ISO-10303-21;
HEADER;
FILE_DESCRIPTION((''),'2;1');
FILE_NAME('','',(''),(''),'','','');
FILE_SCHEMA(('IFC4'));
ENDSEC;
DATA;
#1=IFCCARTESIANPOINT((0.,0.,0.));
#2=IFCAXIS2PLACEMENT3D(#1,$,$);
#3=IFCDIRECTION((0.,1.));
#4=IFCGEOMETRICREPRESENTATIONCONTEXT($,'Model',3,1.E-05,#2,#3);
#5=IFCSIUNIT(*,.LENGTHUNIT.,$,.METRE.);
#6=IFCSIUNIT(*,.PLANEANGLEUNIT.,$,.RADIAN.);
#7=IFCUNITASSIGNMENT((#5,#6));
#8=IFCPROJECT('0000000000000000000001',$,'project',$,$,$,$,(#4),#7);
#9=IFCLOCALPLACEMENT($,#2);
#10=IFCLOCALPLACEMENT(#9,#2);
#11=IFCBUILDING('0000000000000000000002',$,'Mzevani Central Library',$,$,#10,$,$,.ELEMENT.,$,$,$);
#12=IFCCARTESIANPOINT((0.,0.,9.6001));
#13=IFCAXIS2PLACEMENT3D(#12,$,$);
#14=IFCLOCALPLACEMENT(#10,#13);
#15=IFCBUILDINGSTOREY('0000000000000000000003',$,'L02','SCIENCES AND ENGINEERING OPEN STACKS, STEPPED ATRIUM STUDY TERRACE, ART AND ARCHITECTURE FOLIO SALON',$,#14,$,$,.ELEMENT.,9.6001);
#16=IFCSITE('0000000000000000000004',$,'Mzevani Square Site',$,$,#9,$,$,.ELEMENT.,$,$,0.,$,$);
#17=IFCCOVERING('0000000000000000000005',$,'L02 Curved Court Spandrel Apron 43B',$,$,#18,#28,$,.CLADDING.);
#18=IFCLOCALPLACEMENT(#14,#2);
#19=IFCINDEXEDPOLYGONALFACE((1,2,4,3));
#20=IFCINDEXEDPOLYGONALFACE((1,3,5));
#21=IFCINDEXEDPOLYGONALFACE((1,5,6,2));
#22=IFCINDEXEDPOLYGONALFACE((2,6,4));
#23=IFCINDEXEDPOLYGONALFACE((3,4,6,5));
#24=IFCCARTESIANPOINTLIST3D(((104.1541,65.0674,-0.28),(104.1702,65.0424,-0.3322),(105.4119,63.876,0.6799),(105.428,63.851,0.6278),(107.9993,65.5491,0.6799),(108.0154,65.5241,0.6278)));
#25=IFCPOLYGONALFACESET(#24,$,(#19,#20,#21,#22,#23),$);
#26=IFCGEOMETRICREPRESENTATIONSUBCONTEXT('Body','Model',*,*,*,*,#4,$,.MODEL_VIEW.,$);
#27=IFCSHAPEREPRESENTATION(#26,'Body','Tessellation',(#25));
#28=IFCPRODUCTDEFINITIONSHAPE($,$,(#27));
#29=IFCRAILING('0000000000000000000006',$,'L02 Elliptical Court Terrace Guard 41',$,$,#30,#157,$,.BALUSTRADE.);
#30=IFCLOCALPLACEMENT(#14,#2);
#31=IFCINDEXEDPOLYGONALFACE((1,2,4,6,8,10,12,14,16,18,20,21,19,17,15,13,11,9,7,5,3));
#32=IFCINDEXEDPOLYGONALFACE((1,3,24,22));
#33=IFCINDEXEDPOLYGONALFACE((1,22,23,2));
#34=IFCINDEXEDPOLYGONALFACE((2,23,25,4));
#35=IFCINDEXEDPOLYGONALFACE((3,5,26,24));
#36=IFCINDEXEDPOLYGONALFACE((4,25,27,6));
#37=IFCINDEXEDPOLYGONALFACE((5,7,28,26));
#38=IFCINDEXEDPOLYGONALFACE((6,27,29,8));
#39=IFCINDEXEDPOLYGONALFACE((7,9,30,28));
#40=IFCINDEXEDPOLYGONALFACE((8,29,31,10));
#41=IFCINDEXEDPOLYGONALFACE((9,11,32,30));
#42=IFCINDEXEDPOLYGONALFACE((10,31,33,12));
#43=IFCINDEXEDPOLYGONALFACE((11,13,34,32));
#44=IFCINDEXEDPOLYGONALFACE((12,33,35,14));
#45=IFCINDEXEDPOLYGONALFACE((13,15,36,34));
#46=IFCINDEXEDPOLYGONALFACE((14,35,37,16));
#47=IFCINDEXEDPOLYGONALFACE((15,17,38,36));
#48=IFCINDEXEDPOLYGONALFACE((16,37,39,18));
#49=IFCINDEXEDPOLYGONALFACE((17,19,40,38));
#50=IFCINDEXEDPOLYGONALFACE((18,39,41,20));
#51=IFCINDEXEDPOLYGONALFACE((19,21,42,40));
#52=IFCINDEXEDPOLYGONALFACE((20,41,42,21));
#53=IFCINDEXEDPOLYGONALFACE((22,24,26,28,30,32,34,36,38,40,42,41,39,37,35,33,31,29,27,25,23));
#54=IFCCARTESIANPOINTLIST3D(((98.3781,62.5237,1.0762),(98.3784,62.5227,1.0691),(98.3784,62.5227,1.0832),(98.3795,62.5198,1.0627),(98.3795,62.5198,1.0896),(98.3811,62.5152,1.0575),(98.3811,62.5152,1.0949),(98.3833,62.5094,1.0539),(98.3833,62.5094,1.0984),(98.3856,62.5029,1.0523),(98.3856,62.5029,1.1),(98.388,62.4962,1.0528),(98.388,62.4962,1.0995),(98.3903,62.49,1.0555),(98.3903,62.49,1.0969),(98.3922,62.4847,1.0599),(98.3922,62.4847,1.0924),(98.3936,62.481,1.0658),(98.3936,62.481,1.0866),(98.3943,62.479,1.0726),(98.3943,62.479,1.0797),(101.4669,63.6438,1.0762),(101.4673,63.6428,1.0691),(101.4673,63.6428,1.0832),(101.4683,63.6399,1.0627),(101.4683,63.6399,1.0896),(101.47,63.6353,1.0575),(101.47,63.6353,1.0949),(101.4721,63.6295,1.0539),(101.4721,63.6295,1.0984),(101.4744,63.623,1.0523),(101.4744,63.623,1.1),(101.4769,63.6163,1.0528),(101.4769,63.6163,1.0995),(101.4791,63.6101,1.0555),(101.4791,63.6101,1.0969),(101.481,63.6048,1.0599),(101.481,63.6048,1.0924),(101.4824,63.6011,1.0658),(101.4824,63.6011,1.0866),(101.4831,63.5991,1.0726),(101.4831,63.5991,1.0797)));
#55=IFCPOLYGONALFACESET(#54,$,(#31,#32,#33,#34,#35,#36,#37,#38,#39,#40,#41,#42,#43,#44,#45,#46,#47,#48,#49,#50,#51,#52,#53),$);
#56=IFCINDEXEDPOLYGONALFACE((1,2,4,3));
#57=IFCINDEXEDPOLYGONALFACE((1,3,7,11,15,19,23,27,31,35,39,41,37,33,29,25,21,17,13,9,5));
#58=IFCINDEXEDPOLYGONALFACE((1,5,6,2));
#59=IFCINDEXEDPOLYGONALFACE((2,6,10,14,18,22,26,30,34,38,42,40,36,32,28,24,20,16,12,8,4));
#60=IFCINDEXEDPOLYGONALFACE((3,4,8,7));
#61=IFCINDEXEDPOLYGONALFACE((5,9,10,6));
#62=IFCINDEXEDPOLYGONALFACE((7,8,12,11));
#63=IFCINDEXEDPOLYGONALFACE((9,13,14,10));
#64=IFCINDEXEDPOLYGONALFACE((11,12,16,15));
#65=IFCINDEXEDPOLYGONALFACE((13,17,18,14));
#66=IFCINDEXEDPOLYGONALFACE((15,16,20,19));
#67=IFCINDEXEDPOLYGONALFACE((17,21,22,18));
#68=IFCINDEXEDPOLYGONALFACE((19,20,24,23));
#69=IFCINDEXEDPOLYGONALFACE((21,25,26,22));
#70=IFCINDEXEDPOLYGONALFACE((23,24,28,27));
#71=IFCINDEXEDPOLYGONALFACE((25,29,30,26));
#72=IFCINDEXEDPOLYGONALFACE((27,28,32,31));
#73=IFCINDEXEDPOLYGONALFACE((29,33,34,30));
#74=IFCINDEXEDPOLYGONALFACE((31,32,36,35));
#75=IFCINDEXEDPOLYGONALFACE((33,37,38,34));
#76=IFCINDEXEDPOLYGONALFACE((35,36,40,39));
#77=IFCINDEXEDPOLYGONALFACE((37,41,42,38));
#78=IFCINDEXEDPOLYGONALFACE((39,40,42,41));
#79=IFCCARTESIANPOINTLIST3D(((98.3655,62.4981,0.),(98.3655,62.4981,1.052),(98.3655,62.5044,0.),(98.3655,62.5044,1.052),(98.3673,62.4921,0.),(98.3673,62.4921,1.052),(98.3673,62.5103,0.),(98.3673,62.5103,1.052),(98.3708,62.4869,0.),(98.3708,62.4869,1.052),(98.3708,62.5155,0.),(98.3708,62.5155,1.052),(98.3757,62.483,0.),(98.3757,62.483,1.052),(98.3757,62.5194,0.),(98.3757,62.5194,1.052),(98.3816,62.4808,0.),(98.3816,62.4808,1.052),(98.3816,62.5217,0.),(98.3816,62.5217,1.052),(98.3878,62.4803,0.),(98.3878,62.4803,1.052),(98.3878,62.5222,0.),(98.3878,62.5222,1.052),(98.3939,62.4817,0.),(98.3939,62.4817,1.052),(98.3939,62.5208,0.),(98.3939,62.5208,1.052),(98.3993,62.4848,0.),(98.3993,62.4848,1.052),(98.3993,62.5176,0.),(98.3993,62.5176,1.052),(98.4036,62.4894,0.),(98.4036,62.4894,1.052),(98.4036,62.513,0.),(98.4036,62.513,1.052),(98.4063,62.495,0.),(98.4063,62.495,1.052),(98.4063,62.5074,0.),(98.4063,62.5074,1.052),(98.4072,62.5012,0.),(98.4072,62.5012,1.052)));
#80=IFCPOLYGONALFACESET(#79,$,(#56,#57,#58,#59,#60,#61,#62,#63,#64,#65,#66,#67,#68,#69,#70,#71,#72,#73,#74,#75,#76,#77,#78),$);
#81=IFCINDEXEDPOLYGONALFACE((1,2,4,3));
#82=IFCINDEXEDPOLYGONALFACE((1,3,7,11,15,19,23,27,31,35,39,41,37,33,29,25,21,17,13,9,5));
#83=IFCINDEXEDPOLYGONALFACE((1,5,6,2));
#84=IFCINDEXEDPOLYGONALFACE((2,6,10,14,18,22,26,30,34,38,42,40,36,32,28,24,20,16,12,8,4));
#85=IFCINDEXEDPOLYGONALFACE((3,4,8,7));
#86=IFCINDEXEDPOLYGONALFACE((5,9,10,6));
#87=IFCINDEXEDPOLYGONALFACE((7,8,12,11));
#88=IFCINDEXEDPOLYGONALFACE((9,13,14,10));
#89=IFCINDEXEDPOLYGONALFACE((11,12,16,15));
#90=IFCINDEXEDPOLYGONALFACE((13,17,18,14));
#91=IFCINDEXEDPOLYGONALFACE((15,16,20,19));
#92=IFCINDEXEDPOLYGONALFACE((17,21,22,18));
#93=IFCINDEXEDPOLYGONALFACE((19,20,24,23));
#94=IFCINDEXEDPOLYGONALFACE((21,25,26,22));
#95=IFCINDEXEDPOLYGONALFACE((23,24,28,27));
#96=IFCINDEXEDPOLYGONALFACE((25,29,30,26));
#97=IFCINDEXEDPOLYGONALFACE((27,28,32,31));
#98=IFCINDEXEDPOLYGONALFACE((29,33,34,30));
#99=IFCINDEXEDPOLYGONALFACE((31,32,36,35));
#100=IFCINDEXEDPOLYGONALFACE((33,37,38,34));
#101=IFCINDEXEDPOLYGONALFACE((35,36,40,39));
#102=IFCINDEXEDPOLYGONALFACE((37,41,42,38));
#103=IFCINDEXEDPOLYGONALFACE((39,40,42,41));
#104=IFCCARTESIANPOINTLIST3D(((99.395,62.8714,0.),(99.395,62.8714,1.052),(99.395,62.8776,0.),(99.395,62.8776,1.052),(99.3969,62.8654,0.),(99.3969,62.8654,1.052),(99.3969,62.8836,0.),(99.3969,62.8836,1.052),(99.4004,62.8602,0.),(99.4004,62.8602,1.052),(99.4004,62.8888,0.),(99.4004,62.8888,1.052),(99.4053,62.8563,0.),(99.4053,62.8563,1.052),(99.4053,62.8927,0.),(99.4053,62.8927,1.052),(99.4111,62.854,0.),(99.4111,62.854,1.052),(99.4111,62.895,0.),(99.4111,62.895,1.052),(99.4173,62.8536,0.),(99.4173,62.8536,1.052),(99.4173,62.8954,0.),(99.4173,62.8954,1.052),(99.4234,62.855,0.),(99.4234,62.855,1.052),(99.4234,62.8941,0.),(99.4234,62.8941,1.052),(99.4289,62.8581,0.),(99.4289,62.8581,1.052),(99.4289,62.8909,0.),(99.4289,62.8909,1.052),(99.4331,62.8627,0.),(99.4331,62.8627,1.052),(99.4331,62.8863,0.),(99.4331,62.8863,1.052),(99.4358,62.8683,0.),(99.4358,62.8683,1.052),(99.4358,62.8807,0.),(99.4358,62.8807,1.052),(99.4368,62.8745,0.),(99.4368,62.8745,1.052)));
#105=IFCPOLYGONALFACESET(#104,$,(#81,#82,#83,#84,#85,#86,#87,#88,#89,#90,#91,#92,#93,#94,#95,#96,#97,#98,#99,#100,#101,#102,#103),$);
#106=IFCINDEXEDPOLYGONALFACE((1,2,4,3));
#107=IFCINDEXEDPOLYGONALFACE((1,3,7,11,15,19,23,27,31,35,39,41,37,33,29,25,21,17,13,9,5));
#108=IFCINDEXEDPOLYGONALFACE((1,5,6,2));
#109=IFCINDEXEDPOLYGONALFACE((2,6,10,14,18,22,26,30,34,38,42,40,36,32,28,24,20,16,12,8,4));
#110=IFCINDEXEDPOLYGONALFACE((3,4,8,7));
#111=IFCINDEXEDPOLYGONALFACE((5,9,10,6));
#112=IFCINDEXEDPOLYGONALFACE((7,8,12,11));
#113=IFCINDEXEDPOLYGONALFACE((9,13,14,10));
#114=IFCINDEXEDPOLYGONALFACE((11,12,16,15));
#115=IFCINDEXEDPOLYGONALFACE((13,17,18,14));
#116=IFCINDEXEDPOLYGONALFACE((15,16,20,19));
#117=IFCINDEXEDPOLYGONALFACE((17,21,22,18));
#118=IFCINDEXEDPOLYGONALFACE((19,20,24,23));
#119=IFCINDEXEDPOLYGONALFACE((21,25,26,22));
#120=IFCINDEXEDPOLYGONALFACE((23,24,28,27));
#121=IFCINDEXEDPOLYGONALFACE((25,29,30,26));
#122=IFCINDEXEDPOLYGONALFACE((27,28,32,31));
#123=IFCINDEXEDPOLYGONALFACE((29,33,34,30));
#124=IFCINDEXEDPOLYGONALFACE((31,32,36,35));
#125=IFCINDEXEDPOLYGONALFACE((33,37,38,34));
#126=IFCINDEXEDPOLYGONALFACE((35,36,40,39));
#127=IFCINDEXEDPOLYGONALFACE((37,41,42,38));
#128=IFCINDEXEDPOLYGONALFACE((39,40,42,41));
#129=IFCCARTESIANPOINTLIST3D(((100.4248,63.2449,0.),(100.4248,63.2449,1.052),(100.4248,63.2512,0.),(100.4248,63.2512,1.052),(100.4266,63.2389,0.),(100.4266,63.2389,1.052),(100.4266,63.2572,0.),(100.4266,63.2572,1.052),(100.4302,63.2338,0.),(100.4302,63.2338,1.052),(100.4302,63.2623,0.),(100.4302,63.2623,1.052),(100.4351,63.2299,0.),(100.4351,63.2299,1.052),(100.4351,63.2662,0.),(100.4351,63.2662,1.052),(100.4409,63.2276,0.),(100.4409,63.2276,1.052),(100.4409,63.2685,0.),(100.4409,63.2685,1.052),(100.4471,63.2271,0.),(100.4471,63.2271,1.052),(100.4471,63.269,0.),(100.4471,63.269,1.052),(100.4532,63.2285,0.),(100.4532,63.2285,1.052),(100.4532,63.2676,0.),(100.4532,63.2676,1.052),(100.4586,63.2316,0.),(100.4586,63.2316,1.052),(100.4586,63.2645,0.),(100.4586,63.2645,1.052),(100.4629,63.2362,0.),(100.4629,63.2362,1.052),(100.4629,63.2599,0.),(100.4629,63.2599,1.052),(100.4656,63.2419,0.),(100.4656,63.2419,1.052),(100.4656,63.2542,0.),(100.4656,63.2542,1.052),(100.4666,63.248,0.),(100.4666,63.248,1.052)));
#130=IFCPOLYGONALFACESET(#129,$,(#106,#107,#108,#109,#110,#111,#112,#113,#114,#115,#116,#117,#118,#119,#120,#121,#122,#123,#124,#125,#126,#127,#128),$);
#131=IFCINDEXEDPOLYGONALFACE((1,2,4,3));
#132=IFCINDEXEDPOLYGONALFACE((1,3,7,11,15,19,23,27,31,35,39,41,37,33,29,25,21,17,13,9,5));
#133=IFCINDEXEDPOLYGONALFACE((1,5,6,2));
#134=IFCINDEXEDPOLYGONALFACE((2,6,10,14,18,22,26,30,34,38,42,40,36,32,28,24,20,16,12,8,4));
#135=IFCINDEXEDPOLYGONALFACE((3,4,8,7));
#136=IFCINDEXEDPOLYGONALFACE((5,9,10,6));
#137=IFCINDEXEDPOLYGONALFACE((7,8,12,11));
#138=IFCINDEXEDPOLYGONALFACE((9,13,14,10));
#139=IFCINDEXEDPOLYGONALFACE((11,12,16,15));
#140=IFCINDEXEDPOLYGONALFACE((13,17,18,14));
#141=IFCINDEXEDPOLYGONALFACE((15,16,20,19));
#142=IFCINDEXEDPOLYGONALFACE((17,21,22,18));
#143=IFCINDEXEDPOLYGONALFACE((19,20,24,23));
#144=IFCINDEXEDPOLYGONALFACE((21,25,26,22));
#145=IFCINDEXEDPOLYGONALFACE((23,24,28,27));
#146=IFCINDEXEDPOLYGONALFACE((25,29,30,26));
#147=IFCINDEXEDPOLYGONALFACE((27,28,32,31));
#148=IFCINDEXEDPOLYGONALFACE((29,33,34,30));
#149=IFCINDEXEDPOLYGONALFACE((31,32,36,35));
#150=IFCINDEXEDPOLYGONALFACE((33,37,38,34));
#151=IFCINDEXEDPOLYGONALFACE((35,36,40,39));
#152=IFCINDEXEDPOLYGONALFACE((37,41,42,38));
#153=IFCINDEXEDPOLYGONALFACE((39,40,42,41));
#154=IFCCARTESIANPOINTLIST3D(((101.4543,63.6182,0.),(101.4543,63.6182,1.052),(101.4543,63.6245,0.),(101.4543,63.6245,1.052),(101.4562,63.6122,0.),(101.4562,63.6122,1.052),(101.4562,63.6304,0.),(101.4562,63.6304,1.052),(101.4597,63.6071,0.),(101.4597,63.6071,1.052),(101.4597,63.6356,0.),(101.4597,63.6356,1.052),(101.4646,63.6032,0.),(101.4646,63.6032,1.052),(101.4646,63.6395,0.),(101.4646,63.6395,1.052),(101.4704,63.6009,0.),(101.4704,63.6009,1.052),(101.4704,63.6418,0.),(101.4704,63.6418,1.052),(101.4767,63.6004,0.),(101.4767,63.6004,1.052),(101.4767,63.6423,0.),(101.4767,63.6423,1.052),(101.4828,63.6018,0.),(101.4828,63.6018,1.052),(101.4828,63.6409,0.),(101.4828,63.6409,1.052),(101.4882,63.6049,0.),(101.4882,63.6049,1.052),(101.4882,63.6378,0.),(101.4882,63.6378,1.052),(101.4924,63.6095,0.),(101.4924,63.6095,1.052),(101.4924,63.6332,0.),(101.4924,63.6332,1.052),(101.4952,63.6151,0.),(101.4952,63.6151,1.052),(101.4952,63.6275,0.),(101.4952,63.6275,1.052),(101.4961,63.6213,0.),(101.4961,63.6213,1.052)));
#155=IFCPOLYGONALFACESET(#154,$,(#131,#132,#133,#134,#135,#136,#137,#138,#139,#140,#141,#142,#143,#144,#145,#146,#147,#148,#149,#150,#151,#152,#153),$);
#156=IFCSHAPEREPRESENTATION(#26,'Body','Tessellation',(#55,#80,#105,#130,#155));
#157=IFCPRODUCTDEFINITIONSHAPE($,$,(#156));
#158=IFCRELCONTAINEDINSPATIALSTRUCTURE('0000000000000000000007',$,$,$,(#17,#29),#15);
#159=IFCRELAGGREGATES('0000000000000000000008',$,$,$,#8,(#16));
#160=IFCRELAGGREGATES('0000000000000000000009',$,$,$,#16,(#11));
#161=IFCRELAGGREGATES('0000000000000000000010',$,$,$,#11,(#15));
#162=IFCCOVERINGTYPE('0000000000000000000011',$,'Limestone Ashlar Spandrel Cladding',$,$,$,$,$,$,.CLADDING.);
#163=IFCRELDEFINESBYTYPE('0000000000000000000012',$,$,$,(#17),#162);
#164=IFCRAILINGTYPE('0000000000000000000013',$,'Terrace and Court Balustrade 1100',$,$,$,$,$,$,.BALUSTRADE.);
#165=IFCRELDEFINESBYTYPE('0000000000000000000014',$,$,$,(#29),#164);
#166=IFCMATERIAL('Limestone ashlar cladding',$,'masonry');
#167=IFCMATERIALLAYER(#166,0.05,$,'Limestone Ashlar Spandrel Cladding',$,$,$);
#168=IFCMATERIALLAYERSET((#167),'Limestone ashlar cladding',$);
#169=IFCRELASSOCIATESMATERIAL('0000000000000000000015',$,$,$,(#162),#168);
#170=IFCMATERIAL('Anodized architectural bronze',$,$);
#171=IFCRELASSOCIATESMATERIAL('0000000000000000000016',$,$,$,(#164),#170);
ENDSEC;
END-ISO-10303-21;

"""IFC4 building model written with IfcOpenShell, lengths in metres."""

from ifc_helpers import new_model, si_unit, direction, frame, origin, origin_2d, place, context, subcontext, project, spatial, polyline, circle, outline, extrude, material, layer, layer_set, type_object, element, save


model = new_model("IFC4")

# Units and contexts
model_context = context("Model", 3, precision=1e-05, world=origin(), true_north=direction((0.0, 1.0)))
body_context = subcontext(model_context, "Body", "Model", "MODEL_VIEW")
ifc_project = project(units=[si_unit("LENGTHUNIT", "METRE"), si_unit("PLANEANGLEUNIT", "RADIAN")], contexts=[model_context])

# Site, building, storey
site_placement = place(None, origin())
site = spatial("IfcSite", under=ifc_project, at=site_placement, Name="Mzevani Square Site", CompositionType="ELEMENT", RefElevation=0.0)
building_placement = place(site_placement, origin())
building = spatial("IfcBuilding", under=site, at=building_placement, Name="Mzevani Central Library", CompositionType="ELEMENT")
storey_placement = place(building_placement, frame((0.0, 0.0, 9.6001)))
storey = spatial("IfcBuildingStorey", under=building, at=storey_placement, Name="L02", Description="SCIENCES AND ENGINEERING OPEN STACKS, STEPPED ATRIUM STUDY TERRACE, ART AND ARCHITECTURE FOLIO SALON", CompositionType="ELEMENT", Elevation=9.6001)

# Covering
ifc_material_1 = material(Name="Limestone ashlar cladding", Category="masonry")
ifc_layer_1 = layer(ifc_material_1, 0.05, Name="Limestone Ashlar Spandrel Cladding")
ifc_layer_set_1 = layer_set([ifc_layer_1], Name="Limestone ashlar cladding")
covering_type = type_object("IfcCoveringType", Name="Limestone Ashlar Spandrel Cladding", PredefinedType="CLADDING", material=ifc_layer_set_1)
covering_1_placement = place(storey_placement, frame((104.1541, 65.0674, -0.28), z_axis=(-0.268977, 0.415967, 0.86869), x_axis=(0.963135, 0.120652, 0.240447)))
element("IfcCovering", 1, at=covering_1_placement, inside=storey, type_object=covering_type, Name="L02 Curved Court Spandrel Apron 43B", PredefinedType="CLADDING", context=body_context, shape_type="SweptSolid", body=[
    extrude(outline(polyline([(0.0, 0.0), (3.9924, 0.0), (1.2985, -1.4956), (0.0, 0.0)])), origin(), (0.0, 0.0, -1.0), 0.0601),
])

# Railing
ifc_material_2 = material(Name="Anodized architectural bronze")
railing_type = type_object("IfcRailingType", Name="Terrace and Court Balustrade 1100", PredefinedType="BALUSTRADE", material=ifc_material_2)
railing_1_placement = place(storey_placement, frame((98.3862, 62.5012, 0.0)))
element("IfcRailing", 2, at=railing_1_placement, inside=storey, type_object=railing_type, Name="L02 Elliptical Court Terrace Guard 41", PredefinedType="BALUSTRADE", context=body_context, shape_type="SweptSolid", body=[
    extrude(circle(Radius=0.0239, at=origin_2d()), frame((0.0, 0.0, 1.0762), z_axis=(0.940097, 0.340908, 0.0), x_axis=(-0.340908, 0.940097, 0.0)), (0.0, 0.0, 1.0), 3.2856),
    extrude(circle(Radius=0.021, at=origin_2d()), origin(), (0.0, 0.0, 1.0), 1.052),
    extrude(circle(Radius=0.021, at=origin_2d()), frame((1.0295, 0.3733, 0.0)), (0.0, 0.0, 1.0), 1.052),
    extrude(circle(Radius=0.021, at=origin_2d()), frame((2.0593, 0.7468, 0.0)), (0.0, 0.0, 1.0), 1.052),
    extrude(circle(Radius=0.021, at=origin_2d()), frame((3.0889, 1.1201, 0.0)), (0.0, 0.0, 1.0), 1.052),
])

save(model, "model.ifc")
